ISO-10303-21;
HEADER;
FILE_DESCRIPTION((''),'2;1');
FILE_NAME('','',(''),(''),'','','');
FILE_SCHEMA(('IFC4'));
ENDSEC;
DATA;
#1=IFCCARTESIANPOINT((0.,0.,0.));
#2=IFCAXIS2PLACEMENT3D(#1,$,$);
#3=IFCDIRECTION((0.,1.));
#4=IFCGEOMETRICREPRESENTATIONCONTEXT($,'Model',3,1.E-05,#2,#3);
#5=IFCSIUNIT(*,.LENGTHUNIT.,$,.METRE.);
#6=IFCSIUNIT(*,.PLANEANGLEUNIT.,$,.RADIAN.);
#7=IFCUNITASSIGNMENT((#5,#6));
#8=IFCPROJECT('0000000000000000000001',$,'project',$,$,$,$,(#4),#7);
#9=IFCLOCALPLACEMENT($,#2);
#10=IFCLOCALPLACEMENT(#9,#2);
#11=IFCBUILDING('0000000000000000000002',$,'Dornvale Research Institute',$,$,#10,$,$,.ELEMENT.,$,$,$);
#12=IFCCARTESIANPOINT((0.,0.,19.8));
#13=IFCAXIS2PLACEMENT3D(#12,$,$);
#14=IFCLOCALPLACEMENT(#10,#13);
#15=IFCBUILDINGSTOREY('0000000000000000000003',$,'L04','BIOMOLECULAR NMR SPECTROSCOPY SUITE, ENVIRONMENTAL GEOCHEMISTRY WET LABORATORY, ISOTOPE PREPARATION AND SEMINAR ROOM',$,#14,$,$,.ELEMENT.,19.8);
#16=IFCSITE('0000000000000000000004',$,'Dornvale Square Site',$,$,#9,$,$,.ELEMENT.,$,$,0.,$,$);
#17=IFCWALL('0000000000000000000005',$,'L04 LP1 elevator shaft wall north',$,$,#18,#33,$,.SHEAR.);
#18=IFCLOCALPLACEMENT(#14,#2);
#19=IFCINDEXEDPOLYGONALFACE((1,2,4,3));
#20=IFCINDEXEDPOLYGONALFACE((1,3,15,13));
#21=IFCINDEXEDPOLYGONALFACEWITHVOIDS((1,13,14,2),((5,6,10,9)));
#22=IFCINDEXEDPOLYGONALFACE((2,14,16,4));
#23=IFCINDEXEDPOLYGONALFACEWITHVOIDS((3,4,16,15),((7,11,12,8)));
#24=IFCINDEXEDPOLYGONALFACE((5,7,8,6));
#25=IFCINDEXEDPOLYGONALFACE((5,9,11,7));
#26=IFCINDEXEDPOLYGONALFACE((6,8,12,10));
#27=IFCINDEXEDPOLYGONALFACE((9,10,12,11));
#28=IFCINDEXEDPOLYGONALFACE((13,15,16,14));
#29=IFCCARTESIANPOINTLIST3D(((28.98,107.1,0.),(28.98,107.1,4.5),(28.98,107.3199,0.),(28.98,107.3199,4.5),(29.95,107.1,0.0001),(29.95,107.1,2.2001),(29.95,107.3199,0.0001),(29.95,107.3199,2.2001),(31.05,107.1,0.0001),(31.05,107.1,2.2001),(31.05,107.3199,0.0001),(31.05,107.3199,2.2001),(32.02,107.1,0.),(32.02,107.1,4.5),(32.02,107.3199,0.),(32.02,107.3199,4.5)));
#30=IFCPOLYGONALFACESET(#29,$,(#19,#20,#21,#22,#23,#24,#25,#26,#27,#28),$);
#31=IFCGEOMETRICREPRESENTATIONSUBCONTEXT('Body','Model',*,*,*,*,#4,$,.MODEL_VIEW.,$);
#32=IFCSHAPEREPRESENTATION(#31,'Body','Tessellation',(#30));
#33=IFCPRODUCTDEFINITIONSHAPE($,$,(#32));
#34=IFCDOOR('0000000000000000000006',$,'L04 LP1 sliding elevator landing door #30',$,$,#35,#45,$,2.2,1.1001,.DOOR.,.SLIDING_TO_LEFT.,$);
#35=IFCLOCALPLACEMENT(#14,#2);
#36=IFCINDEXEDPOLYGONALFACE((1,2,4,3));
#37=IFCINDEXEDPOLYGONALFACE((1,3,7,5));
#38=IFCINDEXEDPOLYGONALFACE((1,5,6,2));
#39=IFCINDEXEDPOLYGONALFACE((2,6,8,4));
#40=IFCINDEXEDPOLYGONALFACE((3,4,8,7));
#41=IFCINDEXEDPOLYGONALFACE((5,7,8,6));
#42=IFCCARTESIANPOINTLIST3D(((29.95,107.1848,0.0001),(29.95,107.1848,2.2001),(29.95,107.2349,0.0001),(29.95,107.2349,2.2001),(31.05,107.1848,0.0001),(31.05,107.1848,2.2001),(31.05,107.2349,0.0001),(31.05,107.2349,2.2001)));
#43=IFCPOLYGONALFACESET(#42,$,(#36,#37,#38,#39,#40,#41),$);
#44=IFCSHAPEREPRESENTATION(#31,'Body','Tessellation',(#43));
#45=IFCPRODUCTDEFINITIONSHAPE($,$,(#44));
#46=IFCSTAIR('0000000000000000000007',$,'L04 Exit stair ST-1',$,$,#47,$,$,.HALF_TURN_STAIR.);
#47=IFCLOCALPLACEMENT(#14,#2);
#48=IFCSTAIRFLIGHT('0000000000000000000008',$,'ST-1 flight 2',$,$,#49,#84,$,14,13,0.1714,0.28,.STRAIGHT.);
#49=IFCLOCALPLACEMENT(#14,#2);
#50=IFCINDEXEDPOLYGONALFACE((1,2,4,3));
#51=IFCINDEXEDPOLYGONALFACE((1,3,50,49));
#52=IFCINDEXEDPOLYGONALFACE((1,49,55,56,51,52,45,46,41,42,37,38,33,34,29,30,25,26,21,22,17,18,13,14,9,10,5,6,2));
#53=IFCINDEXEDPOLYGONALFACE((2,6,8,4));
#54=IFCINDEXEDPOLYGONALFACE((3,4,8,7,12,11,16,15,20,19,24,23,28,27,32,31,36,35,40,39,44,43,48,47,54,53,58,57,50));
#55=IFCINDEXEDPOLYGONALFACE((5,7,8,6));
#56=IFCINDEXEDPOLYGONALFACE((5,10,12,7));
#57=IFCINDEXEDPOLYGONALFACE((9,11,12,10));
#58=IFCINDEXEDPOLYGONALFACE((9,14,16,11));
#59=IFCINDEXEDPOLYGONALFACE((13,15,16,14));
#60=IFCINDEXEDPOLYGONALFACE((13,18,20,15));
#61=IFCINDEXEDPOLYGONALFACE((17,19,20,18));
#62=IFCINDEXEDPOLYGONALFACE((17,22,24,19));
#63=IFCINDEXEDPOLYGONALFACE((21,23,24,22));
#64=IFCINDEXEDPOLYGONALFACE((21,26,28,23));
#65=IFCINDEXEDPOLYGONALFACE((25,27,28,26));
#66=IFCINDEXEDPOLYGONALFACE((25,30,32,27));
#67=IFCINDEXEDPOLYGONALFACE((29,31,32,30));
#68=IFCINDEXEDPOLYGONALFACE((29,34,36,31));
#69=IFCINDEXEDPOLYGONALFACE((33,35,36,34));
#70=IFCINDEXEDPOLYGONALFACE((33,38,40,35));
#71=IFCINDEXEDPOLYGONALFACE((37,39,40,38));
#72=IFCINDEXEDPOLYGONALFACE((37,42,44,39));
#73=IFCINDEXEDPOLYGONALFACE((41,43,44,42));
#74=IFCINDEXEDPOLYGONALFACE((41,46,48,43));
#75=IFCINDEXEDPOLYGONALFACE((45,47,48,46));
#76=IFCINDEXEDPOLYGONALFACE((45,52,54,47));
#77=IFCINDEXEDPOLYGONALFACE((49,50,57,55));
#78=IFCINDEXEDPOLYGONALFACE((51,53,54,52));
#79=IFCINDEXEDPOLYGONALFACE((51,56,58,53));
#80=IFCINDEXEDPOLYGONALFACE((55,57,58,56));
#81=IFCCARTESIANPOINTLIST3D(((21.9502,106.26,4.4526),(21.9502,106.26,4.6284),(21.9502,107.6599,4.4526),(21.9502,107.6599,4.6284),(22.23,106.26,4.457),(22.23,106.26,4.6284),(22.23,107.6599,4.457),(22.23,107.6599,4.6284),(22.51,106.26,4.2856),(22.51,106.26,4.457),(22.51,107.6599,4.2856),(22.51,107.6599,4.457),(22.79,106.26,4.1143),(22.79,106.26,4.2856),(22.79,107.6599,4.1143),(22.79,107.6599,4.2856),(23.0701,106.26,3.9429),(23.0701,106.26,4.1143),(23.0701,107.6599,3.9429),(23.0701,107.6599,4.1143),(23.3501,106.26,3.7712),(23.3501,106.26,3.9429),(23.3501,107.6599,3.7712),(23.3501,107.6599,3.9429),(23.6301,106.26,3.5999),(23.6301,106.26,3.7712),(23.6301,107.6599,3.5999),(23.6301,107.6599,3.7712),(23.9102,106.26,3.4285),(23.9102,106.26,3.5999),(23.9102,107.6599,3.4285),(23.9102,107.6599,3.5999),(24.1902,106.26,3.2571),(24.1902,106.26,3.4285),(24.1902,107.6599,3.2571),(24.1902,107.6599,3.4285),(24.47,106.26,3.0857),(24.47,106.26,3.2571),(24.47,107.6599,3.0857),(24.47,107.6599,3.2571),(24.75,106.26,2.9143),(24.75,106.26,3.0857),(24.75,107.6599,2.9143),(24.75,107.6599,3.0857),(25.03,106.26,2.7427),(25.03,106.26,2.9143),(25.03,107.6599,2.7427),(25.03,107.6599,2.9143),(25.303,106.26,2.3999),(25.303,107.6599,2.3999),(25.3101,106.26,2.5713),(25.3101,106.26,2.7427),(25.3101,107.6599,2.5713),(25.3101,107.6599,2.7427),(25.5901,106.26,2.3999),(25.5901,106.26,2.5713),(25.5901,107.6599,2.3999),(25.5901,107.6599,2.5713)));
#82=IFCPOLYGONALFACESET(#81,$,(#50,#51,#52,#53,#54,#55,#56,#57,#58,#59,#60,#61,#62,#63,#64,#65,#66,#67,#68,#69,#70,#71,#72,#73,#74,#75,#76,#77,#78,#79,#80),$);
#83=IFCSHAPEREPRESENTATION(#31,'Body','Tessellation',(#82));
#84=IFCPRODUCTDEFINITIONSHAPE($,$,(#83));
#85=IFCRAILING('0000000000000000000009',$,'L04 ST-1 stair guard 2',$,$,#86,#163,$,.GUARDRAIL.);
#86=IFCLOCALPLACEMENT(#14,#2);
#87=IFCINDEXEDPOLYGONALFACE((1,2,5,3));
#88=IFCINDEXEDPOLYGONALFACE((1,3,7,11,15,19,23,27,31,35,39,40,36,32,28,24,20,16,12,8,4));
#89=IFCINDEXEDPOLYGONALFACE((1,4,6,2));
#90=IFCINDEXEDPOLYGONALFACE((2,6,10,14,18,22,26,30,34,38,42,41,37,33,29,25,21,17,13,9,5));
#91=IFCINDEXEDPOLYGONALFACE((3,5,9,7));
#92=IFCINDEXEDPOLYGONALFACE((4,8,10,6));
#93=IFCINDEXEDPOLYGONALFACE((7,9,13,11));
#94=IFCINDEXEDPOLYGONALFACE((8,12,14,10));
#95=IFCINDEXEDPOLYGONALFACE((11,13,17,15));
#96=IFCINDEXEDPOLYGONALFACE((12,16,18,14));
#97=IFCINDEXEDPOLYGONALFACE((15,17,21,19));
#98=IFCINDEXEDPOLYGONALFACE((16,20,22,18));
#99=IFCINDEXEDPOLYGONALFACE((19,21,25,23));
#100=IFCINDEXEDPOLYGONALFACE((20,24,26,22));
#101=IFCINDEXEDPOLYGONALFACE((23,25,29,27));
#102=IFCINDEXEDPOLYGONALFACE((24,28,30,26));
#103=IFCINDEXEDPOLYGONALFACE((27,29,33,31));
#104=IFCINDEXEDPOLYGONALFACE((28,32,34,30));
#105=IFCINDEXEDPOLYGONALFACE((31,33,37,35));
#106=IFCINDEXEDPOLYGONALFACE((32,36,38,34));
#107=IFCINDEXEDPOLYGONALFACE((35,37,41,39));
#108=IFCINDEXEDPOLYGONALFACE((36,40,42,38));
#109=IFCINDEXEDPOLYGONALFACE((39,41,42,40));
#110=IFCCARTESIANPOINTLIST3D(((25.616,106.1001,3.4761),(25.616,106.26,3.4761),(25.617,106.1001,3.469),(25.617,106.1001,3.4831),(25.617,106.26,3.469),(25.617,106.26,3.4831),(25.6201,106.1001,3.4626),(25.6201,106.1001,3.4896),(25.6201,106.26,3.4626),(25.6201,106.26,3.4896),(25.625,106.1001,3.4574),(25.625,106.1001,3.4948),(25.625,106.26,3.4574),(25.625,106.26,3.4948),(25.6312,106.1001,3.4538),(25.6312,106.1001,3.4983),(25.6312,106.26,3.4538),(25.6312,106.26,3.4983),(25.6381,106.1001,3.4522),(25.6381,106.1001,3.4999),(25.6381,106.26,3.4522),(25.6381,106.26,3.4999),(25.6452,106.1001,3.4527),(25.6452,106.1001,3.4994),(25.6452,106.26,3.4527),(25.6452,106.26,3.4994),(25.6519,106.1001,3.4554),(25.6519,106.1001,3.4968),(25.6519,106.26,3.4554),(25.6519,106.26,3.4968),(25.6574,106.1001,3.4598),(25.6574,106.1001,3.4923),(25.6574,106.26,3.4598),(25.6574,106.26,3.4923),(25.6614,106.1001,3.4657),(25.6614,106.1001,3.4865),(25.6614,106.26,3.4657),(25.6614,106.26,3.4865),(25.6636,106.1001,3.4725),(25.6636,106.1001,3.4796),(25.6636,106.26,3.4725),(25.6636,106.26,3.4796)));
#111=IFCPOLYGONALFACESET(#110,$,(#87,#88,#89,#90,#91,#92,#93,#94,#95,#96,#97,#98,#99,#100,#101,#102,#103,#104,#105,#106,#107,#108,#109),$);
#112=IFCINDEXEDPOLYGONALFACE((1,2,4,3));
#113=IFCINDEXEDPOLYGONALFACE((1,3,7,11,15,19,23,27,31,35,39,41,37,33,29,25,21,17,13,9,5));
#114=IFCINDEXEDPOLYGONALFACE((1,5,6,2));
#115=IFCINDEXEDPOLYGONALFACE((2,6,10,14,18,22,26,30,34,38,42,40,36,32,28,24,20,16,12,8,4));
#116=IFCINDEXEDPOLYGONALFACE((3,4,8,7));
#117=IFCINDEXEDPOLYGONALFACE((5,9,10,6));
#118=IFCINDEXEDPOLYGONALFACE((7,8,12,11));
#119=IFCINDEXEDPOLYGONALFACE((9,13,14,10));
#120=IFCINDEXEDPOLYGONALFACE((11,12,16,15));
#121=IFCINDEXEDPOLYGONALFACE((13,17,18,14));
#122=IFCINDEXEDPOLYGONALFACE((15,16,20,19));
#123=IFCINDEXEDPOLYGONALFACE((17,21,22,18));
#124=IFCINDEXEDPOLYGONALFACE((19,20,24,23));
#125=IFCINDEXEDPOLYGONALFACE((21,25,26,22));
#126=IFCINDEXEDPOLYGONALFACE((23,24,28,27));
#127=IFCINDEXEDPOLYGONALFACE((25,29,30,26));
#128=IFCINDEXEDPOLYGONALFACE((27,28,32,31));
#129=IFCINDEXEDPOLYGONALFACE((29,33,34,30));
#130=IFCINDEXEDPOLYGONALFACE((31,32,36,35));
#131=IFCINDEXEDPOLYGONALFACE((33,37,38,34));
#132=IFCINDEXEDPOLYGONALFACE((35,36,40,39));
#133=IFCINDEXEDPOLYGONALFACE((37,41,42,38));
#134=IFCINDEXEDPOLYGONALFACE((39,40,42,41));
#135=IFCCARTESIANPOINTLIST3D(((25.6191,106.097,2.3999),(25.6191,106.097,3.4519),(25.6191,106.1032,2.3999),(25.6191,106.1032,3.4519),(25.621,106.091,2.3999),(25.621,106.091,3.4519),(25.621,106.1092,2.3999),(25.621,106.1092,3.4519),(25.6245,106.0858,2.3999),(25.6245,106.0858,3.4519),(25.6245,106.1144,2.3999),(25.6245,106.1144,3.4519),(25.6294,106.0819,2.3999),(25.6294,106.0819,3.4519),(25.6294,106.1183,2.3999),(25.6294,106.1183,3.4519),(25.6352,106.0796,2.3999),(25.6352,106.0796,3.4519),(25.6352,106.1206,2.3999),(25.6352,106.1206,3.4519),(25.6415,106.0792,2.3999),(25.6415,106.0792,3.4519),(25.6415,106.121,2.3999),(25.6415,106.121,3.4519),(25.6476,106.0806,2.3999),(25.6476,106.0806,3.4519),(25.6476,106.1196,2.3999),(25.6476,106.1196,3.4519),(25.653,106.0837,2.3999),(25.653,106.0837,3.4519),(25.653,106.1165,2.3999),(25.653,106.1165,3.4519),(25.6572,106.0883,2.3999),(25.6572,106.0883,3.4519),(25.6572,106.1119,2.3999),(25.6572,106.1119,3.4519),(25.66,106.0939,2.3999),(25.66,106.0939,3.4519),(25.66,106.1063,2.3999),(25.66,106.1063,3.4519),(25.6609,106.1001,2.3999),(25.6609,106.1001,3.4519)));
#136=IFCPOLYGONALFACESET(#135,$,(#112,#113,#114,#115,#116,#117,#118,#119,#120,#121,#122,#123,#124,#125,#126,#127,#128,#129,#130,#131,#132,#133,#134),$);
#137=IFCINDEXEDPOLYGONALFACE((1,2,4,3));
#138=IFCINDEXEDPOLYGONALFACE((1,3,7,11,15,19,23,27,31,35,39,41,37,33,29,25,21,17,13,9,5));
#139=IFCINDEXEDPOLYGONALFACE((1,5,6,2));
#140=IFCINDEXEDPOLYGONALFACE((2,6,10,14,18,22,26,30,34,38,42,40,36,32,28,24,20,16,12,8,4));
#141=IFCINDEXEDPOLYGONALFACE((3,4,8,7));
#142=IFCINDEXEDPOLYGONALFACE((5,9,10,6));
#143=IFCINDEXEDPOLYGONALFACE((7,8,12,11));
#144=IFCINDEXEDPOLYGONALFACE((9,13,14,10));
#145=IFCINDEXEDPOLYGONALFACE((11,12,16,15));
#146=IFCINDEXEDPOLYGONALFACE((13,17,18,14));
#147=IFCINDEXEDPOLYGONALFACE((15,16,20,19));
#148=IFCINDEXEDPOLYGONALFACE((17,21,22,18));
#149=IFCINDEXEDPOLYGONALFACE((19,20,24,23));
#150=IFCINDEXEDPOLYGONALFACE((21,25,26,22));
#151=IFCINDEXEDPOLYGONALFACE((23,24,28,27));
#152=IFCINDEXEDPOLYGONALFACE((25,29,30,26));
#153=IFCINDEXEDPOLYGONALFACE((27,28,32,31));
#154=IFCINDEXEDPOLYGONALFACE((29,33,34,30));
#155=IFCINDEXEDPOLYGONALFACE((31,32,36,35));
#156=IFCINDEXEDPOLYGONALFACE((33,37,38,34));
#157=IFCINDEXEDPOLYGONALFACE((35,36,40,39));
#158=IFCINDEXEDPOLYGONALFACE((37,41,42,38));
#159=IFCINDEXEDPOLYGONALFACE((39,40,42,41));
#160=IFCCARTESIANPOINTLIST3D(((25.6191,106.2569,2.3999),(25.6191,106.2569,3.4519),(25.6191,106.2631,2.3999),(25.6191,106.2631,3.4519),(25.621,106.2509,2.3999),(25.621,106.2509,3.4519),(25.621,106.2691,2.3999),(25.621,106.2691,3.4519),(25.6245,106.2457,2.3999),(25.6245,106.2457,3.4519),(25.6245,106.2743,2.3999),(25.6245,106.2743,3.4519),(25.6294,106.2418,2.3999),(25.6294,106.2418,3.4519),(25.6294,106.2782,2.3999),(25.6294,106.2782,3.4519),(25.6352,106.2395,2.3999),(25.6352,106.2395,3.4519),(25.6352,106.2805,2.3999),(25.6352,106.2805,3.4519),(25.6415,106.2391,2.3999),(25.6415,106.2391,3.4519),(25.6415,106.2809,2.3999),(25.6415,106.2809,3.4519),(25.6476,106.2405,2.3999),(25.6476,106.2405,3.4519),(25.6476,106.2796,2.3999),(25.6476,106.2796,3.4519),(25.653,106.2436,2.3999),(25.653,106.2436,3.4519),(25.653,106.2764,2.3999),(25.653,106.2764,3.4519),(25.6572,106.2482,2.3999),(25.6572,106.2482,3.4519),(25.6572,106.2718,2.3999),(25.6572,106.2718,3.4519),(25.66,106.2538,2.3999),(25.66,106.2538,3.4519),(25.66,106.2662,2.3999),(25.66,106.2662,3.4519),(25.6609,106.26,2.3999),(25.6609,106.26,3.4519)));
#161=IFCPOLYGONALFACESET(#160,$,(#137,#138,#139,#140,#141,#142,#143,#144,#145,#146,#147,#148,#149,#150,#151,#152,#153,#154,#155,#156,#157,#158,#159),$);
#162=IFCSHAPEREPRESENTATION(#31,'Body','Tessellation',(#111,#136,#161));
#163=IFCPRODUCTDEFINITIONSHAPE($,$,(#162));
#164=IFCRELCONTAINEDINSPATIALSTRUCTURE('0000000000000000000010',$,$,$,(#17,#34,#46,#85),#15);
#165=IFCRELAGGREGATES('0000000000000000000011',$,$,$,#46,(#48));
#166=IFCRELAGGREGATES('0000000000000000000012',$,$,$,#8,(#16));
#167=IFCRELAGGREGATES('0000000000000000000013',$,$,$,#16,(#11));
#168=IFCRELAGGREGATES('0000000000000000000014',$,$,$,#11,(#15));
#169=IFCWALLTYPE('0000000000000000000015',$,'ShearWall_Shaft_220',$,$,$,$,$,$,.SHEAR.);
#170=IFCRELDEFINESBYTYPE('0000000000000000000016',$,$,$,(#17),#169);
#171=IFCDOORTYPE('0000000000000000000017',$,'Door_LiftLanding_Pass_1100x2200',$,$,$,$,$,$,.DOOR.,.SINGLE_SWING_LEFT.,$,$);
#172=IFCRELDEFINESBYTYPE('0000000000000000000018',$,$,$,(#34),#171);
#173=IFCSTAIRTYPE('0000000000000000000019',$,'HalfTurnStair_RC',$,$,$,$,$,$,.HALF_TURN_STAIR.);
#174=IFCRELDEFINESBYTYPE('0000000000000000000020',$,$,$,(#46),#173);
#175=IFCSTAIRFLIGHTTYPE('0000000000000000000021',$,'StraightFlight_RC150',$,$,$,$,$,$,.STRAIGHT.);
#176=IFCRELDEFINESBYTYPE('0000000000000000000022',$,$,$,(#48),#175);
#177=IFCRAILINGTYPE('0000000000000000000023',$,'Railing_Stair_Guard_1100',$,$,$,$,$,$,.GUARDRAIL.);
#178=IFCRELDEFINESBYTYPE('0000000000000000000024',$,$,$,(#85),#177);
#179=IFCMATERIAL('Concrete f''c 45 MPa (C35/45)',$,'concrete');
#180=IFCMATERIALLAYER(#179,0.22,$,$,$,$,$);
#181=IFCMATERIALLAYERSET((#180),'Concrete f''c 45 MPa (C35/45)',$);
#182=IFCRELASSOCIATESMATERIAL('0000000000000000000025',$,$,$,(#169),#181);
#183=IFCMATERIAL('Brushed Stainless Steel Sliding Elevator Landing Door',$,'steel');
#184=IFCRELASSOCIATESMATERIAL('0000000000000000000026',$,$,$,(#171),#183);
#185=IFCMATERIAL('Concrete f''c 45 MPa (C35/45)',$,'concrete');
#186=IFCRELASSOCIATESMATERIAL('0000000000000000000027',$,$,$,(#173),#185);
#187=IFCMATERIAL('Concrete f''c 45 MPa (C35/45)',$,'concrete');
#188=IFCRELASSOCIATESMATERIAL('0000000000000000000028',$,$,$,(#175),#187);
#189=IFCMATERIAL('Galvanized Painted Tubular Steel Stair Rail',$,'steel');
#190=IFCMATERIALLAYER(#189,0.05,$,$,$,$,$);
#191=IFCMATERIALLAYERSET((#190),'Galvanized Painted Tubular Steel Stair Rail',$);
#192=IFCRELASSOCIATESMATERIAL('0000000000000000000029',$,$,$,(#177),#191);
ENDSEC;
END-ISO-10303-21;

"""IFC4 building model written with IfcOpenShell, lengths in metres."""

from ifc_helpers import new_model, si_unit, direction, frame, frame_2d, origin, origin_2d, place, context, subcontext, project, spatial, polyline, rectangle, circle, outline, extrude, material, layer, layer_set, type_object, element, fill, aggregate, save


model = new_model("IFC4")

# Units and contexts
model_context = context("Model", 3, precision=1e-05, world=origin(), true_north=direction((0.0, 1.0)))
body_context = subcontext(model_context, "Body", "Model", "MODEL_VIEW")
ifc_project = project(units=[si_unit("LENGTHUNIT", "METRE"), si_unit("PLANEANGLEUNIT", "RADIAN")], contexts=[model_context])

# Site, building, storey
site_placement = place(None, origin())
site = spatial("IfcSite", under=ifc_project, at=site_placement, Name="Dornvale Square Site", CompositionType="ELEMENT", RefElevation=0.0)
building_placement = place(site_placement, origin())
building = spatial("IfcBuilding", under=site, at=building_placement, Name="Dornvale Research Institute", CompositionType="ELEMENT")
storey_placement = place(building_placement, frame((0.0, 0.0, 19.8)))
storey = spatial("IfcBuildingStorey", under=building, at=storey_placement, Name="L04", Description="BIOMOLECULAR NMR SPECTROSCOPY SUITE, ENVIRONMENTAL GEOCHEMISTRY WET LABORATORY, ISOTOPE PREPARATION AND SEMINAR ROOM", CompositionType="ELEMENT", Elevation=19.8)

# Shared definitions
ifc_material_1 = material(Name="Concrete f'c 45 MPa (C35/45)", Category="concrete")
ifc_layer_1 = layer(ifc_material_1, 0.22)
ifc_layer_set_1 = layer_set([ifc_layer_1], Name="Concrete f'c 45 MPa (C35/45)")
wall_type_1 = type_object("IfcWallType", Name="ShearWall_Shaft_220", PredefinedType="SHEAR", material=ifc_layer_set_1)

# Wall, opening, door
wall_1_placement = place(storey_placement, frame((28.98, 107.21, 0.0), z_axis=(0.0, 0.0, 1.0), x_axis=(1.0, 0.0, 0.0)))
wall_1 = element("IfcWall", 1, at=wall_1_placement, inside=storey, type_object=wall_type_1, Name="L04 LP1 elevator shaft wall north", PredefinedType="SHEAR", context=body_context, shape_type="SweptSolid", body=[
    extrude(rectangle(XDim=3.04, YDim=0.22, at=frame_2d((1.52, 0.0))), origin(), (0.0, 0.0, 1.0), 4.5),
])
opening_1_placement = place(wall_1_placement, frame((0.97, 0.0, 0.0)))
opening_1 = element("IfcOpeningElement", 2, at=opening_1_placement, cuts=wall_1, PredefinedType="OPENING", context=body_context, shape_type="SweptSolid", body=[
    extrude(rectangle(XDim=1.1001, YDim=2.2, at=frame_2d((0.55, 1.1001))), frame((0.0, 0.125, 0.0), z_axis=(0.0, -1.0, 0.0), x_axis=(1.0, 0.0, 0.0)), (0.0, 0.0, 1.0), 0.25),
])
ifc_material_2 = material(Name="Brushed Stainless Steel Sliding Elevator Landing Door", Category="steel")
door_type_1 = type_object("IfcDoorType", Name="Door_LiftLanding_Pass_1100x2200", OperationType="SINGLE_SWING_LEFT", PredefinedType="DOOR", material=ifc_material_2)
door_1_placement = place(opening_1_placement, origin())
door_1 = element("IfcDoor", 3, at=door_1_placement, inside=storey, type_object=door_type_1, Name="L04 LP1 sliding elevator landing door #30", OperationType="SLIDING_TO_LEFT", OverallHeight=2.2, OverallWidth=1.1001, PredefinedType="DOOR", context=body_context, shape_type="SweptSolid", body=[
    extrude(rectangle(XDim=1.1001, YDim=2.2, at=frame_2d((0.55, 1.1001))), frame((0.0, 0.0249, 0.0), z_axis=(0.0, -1.0, 0.0), x_axis=(1.0, 0.0, 0.0)), (0.0, 0.0, 1.0), 0.05),
])
fill(opening_1, door_1)

# Stair, stair flight
ifc_material_3 = material(Name="Concrete f'c 45 MPa (C35/45)", Category="concrete")
stair_type = type_object("IfcStairType", Name="HalfTurnStair_RC", PredefinedType="HALF_TURN_STAIR", material=ifc_material_3)
stair_placement = place(storey_placement, origin())
stair = element("IfcStair", 4, at=stair_placement, inside=storey, type_object=stair_type, Name="L04 Exit stair ST-1", PredefinedType="HALF_TURN_STAIR")
ifc_material_4 = material(Name="Concrete f'c 45 MPa (C35/45)", Category="concrete")
stair_flight_type = type_object("IfcStairFlightType", Name="StraightFlight_RC150", PredefinedType="STRAIGHT", material=ifc_material_4)
stair_flight_placement = place(storey_placement, frame((25.5901, 106.96, 2.3999), z_axis=(0.0, 0.0, 1.0), x_axis=(-1.0, 0.0, 0.0)))
stair_flight = element("IfcStairFlight", 5, at=stair_flight_placement, type_object=stair_flight_type, Name="ST-1 flight 2", NumberOfRisers=14, NumberOfTreads=13, PredefinedType="STRAIGHT", RiserHeight=0.1714, TreadLength=0.28, context=body_context, shape_type="SweptSolid", body=[
    extrude(outline(polyline([(0.0, 0.0), (0.0, 0.1714), (0.28, 0.1714), (0.28, 0.3428), (0.5601, 0.3428), (0.5601, 0.5144), (0.8401, 0.5144), (0.8401, 0.6858), (1.1201, 0.6858), (1.1201, 0.8572), (1.3999, 0.8572), (1.3999, 1.0286), (1.6799, 1.0286), (1.6799, 1.2), (1.96, 1.2), (1.96, 1.3713), (2.24, 1.3713), (2.24, 1.543), (2.52, 1.543), (2.52, 1.7144), (2.8, 1.7144), (2.8, 1.8857), (3.0801, 1.8857), (3.0801, 2.0571), (3.3601, 2.0571), (3.3601, 2.2285), (3.6399, 2.2285), (3.6399, 2.3999), (3.6399, 2.0527), (0.2871, 0.0), (0.0, 0.0)])), frame((0.0, 0.7, 0.0), z_axis=(0.0, -1.0, 0.0), x_axis=(1.0, 0.0, 0.0)), (0.0, 0.0, 1.0), 1.3999),
])
aggregate(stair, [stair_flight])

# Railing
ifc_material_5 = material(Name="Galvanized Painted Tubular Steel Stair Rail", Category="steel")
ifc_layer_2 = layer(ifc_material_5, 0.05)
ifc_layer_set_2 = layer_set([ifc_layer_2], Name="Galvanized Painted Tubular Steel Stair Rail")
railing_type_1 = type_object("IfcRailingType", Name="Railing_Stair_Guard_1100", PredefinedType="GUARDRAIL", material=ifc_layer_set_2)
railing_1_placement = place(storey_placement, frame((25.6399, 106.1001, 2.3999)))
element("IfcRailing", 6, at=railing_1_placement, inside=storey, type_object=railing_type_1, Name="L04 ST-1 stair guard 2", PredefinedType="GUARDRAIL", context=body_context, shape_type="SweptSolid", body=[
    extrude(circle(Radius=0.0239, at=origin_2d()), frame((0.0, 0.0, 1.0762), z_axis=(0.0, 1.0, 0.0), x_axis=(-1.0, 0.0, 0.0)), (0.0, 0.0, 1.0), 0.1599),
    extrude(circle(Radius=0.021, at=origin_2d()), origin(), (0.0, 0.0, 1.0), 1.052),
    extrude(circle(Radius=0.021, at=origin_2d()), frame((0.0, 0.1599, 0.0)), (0.0, 0.0, 1.0), 1.052),
])

save(model, "model.ifc")
